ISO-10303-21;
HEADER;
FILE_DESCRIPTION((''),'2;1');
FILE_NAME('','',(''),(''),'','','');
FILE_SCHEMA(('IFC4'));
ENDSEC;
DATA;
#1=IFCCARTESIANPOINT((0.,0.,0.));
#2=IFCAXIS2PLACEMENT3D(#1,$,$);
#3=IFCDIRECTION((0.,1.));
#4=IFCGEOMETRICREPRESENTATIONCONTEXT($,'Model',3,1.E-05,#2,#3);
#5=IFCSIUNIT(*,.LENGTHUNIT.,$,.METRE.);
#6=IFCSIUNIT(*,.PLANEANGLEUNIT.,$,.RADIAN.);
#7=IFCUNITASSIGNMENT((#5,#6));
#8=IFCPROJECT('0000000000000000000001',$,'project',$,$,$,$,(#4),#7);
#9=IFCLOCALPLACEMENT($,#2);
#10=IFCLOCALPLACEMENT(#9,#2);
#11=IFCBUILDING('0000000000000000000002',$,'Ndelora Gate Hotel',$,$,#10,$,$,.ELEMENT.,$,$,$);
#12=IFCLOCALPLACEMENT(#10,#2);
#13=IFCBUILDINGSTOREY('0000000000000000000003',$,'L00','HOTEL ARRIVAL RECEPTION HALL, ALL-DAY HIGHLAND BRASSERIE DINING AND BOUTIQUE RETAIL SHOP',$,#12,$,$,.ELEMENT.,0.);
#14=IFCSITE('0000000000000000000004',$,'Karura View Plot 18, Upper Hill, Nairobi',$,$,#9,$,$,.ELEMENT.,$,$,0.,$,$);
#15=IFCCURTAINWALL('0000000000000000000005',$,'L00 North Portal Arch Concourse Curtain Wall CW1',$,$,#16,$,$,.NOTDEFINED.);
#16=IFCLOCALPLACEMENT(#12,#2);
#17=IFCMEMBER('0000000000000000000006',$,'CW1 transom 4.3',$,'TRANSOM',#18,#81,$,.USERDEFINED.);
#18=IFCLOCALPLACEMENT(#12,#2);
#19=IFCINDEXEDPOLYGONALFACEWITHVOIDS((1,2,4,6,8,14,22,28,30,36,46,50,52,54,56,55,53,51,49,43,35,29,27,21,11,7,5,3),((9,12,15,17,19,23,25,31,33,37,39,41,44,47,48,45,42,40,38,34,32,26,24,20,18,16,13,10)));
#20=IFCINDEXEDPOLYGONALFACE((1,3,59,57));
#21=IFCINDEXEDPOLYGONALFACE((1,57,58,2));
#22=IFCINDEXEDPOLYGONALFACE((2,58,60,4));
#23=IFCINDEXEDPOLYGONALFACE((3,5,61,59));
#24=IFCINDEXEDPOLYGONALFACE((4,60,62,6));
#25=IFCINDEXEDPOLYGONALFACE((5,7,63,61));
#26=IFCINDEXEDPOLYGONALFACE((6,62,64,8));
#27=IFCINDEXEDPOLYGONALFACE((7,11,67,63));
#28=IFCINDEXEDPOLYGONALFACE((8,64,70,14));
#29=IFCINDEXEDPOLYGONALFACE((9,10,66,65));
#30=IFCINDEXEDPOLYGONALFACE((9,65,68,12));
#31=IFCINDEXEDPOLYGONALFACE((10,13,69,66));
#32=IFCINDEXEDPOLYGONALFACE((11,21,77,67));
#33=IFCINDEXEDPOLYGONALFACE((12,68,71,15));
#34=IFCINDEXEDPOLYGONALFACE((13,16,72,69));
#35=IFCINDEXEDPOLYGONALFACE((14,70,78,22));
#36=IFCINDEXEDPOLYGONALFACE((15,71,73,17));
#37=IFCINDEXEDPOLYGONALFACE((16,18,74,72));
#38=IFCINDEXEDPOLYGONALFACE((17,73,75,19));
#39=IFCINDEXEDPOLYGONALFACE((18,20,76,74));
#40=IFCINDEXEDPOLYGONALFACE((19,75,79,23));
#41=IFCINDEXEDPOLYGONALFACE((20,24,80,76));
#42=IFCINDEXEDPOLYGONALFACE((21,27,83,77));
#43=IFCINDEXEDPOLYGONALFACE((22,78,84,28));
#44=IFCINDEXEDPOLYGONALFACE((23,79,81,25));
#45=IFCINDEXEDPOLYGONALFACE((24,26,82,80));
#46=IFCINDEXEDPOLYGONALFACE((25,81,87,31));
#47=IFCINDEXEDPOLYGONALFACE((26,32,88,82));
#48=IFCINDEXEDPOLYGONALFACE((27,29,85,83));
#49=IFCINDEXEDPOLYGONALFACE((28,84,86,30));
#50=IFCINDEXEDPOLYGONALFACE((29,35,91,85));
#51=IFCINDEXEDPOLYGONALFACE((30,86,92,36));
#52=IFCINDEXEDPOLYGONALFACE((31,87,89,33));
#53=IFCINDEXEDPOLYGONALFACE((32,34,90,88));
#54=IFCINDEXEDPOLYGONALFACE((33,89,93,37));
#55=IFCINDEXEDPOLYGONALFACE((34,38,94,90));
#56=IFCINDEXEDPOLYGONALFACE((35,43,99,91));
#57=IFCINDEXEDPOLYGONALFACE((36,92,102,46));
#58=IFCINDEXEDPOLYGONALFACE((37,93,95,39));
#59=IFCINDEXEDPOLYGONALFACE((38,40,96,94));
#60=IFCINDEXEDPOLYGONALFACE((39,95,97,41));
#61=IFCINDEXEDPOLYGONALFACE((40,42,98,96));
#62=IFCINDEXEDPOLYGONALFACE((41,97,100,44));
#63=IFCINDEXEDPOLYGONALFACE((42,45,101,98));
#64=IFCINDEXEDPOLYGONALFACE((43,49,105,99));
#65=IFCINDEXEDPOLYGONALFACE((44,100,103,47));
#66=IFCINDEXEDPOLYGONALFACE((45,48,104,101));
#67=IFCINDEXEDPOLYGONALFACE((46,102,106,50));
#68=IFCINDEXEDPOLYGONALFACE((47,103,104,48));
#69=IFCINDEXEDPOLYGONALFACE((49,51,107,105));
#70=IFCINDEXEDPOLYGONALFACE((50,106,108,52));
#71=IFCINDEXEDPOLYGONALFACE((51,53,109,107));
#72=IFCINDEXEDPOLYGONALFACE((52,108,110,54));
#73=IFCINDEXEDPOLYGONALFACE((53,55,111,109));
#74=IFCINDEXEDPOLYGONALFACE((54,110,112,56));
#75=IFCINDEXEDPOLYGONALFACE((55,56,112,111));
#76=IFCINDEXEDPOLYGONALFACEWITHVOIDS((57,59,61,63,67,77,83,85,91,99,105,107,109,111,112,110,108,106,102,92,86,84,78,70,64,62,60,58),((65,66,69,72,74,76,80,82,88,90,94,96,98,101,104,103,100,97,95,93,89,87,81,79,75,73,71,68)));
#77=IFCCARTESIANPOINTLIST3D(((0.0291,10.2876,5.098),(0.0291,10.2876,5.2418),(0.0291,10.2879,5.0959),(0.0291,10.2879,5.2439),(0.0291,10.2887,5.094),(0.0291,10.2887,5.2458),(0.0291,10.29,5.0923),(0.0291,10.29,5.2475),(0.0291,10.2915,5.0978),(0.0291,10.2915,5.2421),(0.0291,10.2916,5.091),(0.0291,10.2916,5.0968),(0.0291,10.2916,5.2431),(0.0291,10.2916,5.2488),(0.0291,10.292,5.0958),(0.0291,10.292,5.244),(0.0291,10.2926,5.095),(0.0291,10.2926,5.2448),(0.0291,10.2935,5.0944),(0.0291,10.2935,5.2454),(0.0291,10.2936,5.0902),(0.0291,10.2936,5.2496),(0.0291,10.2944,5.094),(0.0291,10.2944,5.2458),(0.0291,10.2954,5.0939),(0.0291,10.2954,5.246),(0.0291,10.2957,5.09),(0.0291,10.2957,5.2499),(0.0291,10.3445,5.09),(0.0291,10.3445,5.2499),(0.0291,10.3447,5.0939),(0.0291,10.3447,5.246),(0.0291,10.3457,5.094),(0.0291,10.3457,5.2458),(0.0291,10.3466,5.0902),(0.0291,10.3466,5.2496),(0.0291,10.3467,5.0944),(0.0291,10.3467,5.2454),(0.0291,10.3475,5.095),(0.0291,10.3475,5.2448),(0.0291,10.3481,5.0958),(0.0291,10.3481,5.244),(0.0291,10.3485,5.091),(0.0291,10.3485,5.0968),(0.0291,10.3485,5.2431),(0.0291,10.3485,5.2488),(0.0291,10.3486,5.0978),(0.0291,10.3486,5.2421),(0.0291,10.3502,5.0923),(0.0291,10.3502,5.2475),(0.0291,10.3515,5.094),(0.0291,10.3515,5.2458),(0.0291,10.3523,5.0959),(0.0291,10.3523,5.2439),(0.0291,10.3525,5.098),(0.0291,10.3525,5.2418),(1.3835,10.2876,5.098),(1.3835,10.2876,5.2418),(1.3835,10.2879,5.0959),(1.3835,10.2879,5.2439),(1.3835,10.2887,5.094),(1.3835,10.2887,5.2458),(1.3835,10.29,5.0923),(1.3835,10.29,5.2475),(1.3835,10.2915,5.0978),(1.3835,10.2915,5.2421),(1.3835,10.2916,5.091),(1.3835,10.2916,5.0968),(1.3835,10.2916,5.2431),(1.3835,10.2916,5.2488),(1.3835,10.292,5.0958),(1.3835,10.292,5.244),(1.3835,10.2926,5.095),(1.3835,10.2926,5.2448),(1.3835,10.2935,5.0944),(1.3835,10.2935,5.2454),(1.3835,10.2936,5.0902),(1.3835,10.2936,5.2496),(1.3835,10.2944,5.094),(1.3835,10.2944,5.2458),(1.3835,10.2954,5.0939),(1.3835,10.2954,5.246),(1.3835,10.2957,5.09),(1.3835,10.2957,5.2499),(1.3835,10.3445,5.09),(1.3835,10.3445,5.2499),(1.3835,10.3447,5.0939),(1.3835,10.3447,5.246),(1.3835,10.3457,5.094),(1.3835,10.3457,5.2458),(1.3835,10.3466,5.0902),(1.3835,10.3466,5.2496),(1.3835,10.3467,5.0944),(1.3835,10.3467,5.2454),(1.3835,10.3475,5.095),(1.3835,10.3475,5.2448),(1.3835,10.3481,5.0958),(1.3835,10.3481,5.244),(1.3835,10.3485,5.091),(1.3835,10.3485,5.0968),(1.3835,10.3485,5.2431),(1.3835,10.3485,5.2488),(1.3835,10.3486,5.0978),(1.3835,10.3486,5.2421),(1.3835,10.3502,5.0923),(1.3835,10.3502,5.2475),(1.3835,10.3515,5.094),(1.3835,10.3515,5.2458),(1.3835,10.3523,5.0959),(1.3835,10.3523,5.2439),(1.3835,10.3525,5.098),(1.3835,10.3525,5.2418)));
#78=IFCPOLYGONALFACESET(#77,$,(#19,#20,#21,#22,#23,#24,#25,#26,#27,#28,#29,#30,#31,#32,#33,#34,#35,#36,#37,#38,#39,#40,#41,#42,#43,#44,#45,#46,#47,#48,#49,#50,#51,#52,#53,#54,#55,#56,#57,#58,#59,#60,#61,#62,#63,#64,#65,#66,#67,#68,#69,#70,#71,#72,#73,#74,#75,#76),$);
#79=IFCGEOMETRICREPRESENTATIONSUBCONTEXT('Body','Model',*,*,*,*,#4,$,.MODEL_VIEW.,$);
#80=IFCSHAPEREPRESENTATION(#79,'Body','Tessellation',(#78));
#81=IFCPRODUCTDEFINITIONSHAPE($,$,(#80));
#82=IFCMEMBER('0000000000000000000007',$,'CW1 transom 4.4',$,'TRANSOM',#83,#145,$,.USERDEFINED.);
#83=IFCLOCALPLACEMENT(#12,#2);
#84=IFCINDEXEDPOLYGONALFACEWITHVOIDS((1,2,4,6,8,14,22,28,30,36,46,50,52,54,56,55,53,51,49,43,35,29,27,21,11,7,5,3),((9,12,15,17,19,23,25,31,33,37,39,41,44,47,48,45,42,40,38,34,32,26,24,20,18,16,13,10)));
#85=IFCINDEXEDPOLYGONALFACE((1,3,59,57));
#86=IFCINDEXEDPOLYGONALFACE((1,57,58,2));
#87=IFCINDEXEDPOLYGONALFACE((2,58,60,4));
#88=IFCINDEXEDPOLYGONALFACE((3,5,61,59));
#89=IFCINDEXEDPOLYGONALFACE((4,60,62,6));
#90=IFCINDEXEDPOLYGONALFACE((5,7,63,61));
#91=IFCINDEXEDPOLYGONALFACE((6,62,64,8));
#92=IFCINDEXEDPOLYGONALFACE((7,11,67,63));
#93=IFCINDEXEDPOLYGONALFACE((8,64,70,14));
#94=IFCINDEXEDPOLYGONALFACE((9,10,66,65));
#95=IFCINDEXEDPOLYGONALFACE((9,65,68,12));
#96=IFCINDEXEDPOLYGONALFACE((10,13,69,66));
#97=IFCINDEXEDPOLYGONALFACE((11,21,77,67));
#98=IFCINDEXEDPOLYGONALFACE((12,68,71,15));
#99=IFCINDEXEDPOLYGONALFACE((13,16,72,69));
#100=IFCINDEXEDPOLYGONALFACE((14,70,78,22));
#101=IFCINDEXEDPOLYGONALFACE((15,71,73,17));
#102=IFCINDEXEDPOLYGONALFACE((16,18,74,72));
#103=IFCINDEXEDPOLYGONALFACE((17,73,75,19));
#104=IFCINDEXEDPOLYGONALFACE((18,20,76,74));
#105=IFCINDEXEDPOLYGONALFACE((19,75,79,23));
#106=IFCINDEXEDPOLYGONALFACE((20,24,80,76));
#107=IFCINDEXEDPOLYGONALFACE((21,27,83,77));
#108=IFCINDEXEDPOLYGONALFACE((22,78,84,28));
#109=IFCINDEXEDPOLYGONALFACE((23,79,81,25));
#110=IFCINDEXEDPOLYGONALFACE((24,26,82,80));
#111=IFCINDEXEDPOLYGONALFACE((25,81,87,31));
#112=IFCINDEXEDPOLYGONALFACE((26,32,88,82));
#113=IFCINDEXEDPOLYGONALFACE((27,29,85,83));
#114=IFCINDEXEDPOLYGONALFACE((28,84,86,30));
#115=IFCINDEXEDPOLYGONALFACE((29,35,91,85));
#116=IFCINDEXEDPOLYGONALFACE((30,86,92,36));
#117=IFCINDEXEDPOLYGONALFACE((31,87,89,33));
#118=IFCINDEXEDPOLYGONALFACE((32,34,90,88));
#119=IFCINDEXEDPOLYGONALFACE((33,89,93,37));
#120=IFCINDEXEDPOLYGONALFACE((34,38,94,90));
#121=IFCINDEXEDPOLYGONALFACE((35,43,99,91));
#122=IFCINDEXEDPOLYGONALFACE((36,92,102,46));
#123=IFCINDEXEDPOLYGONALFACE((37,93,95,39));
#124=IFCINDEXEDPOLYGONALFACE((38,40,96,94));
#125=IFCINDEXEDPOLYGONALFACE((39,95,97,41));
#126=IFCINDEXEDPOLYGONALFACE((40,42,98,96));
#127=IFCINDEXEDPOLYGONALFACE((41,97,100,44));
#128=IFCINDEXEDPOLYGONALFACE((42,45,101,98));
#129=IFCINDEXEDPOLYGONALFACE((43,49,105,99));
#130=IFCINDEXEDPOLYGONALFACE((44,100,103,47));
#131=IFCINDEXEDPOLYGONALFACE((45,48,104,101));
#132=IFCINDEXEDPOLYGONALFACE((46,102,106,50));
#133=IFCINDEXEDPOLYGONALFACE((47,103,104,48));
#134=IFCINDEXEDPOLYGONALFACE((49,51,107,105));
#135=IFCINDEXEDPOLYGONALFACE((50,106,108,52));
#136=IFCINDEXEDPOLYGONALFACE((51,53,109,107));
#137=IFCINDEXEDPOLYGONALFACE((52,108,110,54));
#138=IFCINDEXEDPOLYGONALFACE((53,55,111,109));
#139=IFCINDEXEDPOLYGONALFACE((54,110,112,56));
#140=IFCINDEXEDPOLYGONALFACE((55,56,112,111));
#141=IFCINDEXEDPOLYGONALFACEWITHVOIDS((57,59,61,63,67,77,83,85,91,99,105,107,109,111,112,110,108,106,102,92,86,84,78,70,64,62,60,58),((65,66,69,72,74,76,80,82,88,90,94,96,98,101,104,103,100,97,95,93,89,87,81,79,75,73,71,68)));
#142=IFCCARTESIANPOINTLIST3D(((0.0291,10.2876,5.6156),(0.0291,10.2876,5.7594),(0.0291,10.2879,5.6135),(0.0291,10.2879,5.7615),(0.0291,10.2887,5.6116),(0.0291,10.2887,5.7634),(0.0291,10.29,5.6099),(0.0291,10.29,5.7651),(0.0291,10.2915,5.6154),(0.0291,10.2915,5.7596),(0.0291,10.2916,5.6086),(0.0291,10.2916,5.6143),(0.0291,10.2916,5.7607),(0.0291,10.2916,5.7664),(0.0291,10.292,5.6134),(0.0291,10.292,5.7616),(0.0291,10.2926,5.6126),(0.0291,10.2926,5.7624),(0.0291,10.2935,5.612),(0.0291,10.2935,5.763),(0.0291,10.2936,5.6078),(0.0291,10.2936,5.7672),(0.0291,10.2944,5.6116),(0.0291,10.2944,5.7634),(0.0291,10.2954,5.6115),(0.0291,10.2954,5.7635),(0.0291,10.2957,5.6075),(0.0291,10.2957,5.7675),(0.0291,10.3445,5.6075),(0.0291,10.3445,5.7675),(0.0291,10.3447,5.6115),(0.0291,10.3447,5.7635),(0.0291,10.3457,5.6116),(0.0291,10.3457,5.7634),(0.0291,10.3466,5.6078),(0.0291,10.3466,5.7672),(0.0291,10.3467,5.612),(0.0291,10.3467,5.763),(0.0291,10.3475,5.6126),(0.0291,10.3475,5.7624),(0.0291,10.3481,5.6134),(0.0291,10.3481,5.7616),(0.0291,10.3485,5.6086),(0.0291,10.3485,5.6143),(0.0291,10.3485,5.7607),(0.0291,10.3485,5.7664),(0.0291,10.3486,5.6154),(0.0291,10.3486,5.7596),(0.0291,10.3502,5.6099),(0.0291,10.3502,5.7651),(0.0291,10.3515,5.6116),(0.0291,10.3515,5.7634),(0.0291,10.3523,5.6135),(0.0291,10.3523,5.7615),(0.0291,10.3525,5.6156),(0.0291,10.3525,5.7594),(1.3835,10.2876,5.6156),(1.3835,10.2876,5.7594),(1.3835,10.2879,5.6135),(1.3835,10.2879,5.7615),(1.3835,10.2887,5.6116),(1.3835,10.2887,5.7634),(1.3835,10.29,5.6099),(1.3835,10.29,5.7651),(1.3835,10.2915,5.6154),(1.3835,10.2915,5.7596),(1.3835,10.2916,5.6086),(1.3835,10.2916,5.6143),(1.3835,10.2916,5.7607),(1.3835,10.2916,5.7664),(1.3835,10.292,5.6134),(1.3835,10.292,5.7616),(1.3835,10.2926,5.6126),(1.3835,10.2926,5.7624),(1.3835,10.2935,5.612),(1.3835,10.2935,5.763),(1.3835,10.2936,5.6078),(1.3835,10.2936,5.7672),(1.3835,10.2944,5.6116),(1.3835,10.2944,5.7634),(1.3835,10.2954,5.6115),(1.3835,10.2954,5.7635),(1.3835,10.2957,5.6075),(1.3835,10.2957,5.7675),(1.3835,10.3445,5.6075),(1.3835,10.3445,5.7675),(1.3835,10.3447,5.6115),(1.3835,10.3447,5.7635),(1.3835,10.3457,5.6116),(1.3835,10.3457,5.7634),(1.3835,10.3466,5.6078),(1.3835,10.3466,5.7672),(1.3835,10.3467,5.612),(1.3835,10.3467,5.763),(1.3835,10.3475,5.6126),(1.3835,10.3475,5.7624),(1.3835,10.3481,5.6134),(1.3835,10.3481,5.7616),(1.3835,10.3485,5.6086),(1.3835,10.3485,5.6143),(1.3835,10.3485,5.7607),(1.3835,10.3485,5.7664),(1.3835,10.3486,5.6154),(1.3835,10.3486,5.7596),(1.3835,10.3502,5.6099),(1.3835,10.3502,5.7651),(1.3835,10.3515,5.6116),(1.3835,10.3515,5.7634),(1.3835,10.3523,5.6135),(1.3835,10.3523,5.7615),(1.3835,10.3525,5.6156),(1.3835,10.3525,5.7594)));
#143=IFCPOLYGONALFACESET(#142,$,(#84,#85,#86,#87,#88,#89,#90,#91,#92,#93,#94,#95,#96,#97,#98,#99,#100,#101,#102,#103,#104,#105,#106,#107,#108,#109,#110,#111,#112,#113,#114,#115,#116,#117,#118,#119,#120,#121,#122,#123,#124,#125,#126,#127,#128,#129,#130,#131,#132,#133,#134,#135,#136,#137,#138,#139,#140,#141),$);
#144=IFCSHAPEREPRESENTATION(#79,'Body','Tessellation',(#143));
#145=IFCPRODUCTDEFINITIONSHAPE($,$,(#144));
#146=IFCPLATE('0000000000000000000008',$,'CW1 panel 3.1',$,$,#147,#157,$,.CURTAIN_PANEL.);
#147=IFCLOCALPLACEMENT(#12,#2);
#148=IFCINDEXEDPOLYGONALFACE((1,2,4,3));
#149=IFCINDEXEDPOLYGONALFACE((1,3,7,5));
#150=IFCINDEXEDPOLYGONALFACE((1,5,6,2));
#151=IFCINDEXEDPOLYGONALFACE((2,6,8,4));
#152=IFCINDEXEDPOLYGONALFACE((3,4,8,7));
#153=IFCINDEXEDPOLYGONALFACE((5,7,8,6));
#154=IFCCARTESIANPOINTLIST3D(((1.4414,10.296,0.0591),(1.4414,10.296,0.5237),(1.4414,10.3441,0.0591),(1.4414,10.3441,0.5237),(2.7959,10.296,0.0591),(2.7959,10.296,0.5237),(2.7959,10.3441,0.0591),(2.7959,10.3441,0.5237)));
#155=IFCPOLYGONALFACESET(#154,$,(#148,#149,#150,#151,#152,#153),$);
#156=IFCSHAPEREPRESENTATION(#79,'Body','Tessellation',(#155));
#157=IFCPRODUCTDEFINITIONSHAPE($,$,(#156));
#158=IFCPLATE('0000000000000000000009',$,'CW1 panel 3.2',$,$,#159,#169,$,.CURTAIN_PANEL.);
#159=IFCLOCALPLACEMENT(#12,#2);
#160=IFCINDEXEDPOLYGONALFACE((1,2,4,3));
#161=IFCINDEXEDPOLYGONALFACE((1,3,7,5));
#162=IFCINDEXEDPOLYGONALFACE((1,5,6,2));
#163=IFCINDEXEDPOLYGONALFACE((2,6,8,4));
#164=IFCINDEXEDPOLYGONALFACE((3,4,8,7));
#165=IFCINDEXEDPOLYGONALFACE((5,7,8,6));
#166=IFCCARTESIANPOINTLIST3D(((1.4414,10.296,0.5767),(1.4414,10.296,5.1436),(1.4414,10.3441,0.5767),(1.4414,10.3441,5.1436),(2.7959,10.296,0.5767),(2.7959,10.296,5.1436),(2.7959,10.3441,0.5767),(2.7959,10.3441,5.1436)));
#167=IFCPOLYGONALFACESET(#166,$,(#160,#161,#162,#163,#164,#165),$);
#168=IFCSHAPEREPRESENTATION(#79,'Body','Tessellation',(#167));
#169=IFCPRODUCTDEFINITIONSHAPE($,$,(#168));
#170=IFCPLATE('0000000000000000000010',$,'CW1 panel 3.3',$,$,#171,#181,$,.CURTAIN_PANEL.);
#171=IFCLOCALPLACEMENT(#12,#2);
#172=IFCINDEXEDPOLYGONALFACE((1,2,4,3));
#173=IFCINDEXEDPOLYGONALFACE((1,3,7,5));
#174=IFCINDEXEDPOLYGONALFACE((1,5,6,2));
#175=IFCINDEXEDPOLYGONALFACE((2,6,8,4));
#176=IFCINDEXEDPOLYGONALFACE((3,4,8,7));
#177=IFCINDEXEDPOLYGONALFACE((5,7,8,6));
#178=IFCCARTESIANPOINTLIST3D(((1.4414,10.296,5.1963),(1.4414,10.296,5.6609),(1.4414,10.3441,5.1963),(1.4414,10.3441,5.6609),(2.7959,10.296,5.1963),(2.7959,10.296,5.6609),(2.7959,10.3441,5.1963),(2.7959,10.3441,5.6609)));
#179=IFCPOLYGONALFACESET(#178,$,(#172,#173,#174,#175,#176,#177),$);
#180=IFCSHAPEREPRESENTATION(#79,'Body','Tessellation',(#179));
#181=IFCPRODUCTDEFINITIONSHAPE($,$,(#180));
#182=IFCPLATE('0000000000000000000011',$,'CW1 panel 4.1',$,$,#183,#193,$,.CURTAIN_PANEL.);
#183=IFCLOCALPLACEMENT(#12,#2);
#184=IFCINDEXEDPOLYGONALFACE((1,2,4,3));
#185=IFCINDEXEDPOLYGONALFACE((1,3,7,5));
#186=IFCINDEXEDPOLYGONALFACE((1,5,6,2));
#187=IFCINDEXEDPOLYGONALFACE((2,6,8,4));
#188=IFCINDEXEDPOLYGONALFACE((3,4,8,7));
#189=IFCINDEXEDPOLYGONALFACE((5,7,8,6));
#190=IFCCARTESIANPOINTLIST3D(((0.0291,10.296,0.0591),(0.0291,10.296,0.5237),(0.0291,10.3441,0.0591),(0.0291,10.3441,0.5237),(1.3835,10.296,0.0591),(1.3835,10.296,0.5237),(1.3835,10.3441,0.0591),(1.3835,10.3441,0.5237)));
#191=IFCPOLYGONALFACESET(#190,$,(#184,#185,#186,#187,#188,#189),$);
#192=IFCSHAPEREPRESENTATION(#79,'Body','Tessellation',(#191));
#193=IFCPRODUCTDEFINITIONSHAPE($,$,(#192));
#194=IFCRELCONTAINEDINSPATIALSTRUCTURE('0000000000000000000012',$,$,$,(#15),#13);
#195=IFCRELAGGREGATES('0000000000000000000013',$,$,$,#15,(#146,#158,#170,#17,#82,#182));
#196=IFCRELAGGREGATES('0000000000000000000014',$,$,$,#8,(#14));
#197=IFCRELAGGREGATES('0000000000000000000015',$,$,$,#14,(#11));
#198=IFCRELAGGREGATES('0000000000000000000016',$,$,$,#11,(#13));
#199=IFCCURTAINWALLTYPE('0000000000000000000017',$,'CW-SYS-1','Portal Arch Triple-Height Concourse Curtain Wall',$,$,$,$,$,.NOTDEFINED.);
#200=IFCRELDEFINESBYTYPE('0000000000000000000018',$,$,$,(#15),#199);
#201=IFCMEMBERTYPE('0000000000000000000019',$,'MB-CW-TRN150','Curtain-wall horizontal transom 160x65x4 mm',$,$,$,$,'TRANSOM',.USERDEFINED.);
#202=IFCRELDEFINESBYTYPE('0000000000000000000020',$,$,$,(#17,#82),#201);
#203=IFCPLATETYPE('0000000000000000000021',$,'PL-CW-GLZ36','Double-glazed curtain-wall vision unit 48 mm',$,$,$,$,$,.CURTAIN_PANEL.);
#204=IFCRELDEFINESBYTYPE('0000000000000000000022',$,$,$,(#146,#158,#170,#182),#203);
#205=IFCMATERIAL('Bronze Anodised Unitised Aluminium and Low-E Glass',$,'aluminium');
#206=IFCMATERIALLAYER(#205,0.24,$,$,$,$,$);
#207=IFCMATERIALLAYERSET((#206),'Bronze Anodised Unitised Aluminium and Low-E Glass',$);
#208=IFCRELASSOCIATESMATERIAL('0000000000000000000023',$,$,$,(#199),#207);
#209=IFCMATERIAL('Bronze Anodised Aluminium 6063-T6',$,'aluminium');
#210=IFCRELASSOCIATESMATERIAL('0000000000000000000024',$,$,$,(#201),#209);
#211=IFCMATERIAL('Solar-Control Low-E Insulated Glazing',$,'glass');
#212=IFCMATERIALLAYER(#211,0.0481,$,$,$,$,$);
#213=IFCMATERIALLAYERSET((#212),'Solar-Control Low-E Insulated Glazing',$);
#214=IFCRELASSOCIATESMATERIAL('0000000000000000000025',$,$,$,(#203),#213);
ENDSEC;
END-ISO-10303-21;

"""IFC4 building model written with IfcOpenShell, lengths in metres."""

from ifc_helpers import new_model, si_unit, direction, frame, origin, origin_2d, place, context, subcontext, project, spatial, rectangle, hollow_rectangle, extrude, material, layer, layer_set, material_profile, profile_set, type_object, element, aggregate, save


model = new_model("IFC4")

# Units and contexts
model_context = context("Model", 3, precision=1e-05, world=origin(), true_north=direction((0.0, 1.0)))
body_context = subcontext(model_context, "Body", "Model", "MODEL_VIEW")
ifc_project = project(units=[si_unit("LENGTHUNIT", "METRE"), si_unit("PLANEANGLEUNIT", "RADIAN")], contexts=[model_context])

# Site, building, storey
site_placement = place(None, origin())
site = spatial("IfcSite", under=ifc_project, at=site_placement, Name="Karura View Plot 18, Upper Hill, Nairobi", CompositionType="ELEMENT", RefElevation=0.0)
building_placement = place(site_placement, origin())
building = spatial("IfcBuilding", under=site, at=building_placement, Name="Ndelora Gate Hotel", CompositionType="ELEMENT")
storey_placement = place(building_placement, origin())
storey = spatial("IfcBuildingStorey", under=building, at=storey_placement, Name="L00", Description="HOTEL ARRIVAL RECEPTION HALL, ALL-DAY HIGHLAND BRASSERIE DINING AND BOUTIQUE RETAIL SHOP", CompositionType="ELEMENT", Elevation=0.0)

# Curtain wall, members, plates
ifc_material_1 = material(Name="Bronze Anodised Unitised Aluminium and Low-E Glass", Category="aluminium")
ifc_layer_1 = layer(ifc_material_1, 0.24)
ifc_layer_set_1 = layer_set([ifc_layer_1], Name="Bronze Anodised Unitised Aluminium and Low-E Glass")
curtain_wall_type = type_object("IfcCurtainWallType", Name="CW-SYS-1", Description="Portal Arch Triple-Height Concourse Curtain Wall", PredefinedType="NOTDEFINED", material=ifc_layer_set_1)
curtain_wall_placement = place(storey_placement, origin())
curtain_wall = element("IfcCurtainWall", 1, at=curtain_wall_placement, inside=storey, type_object=curtain_wall_type, Name="L00 North Portal Arch Concourse Curtain Wall CW1", PredefinedType="NOTDEFINED")
ifc_material_2 = material(Name="Bronze Anodised Aluminium 6063-T6", Category="aluminium")
ifc_material_profile_1 = material_profile(ifc_material_2, hollow_rectangle(XDim=0.0649, YDim=0.1599, WallThickness=0.0039, InnerFilletRadius=0.0039, OuterFilletRadius=0.0081, at=origin_2d()), Name="ALU 160x65x4")
ifc_profile_set_1 = profile_set([ifc_material_profile_1], Name="Bronze Anodised Aluminium 6063-T6")
member_type_1 = type_object("IfcMemberType", Name="MB-CW-TRN150", Description="Curtain-wall horizontal transom 160x65x4 mm", ElementType="TRANSOM", PredefinedType="USERDEFINED", material=ifc_profile_set_1)
member_1_placement = place(storey_placement, frame((1.3835, 10.3201, 5.1699), z_axis=(-1.0, 0.0, 0.0), x_axis=(0.0, -1.0, 0.0)))
member_1 = element("IfcMember", 2, at=member_1_placement, type_object=member_type_1, Name="CW1 transom 4.3", ObjectType="TRANSOM", PredefinedType="USERDEFINED", context=body_context, shape_type="SweptSolid", body=[
    extrude(hollow_rectangle(XDim=0.0649, YDim=0.1599, WallThickness=0.0039, InnerFilletRadius=0.0039, OuterFilletRadius=0.0081, at=origin_2d()), origin(), (0.0, 0.0, 1.0), 1.3545),
])
member_2_placement = place(storey_placement, frame((1.3835, 10.3201, 5.6875), z_axis=(-1.0, 0.0, 0.0), x_axis=(0.0, -1.0, 0.0)))
member_2 = element("IfcMember", 3, at=member_2_placement, type_object=member_type_1, Name="CW1 transom 4.4", ObjectType="TRANSOM", PredefinedType="USERDEFINED", context=body_context, shape_type="SweptSolid", body=[
    extrude(hollow_rectangle(XDim=0.0649, YDim=0.1599, WallThickness=0.0039, InnerFilletRadius=0.0039, OuterFilletRadius=0.0081, at=origin_2d()), origin(), (0.0, 0.0, 1.0), 1.3545),
])
ifc_material_3 = material(Name="Solar-Control Low-E Insulated Glazing", Category="glass")
ifc_layer_2 = layer(ifc_material_3, 0.0481)
ifc_layer_set_2 = layer_set([ifc_layer_2], Name="Solar-Control Low-E Insulated Glazing")
plate_type = type_object("IfcPlateType", Name="PL-CW-GLZ36", Description="Double-glazed curtain-wall vision unit 48 mm", PredefinedType="CURTAIN_PANEL", material=ifc_layer_set_2)
plate_1_placement = place(storey_placement, frame((2.1187, 10.3201, 0.0591), z_axis=(0.0, 0.0, 1.0), x_axis=(-1.0, 0.0, 0.0)))
plate_1 = element("IfcPlate", 4, at=plate_1_placement, type_object=plate_type, Name="CW1 panel 3.1", PredefinedType="CURTAIN_PANEL", context=body_context, shape_type="SweptSolid", body=[
    extrude(rectangle(XDim=1.3545, YDim=0.0481, at=origin_2d()), origin(), (0.0, 0.0, 1.0), 0.4646),
])
plate_2_placement = place(storey_placement, frame((2.1187, 10.3201, 0.5767), z_axis=(0.0, 0.0, 1.0), x_axis=(-1.0, 0.0, 0.0)))
plate_2 = element("IfcPlate", 5, at=plate_2_placement, type_object=plate_type, Name="CW1 panel 3.2", PredefinedType="CURTAIN_PANEL", context=body_context, shape_type="SweptSolid", body=[
    extrude(rectangle(XDim=1.3545, YDim=0.0481, at=origin_2d()), origin(), (0.0, 0.0, 1.0), 4.5669),
])
plate_3_placement = place(storey_placement, frame((2.1187, 10.3201, 5.1963), z_axis=(0.0, 0.0, 1.0), x_axis=(-1.0, 0.0, 0.0)))
plate_3 = element("IfcPlate", 6, at=plate_3_placement, type_object=plate_type, Name="CW1 panel 3.3", PredefinedType="CURTAIN_PANEL", context=body_context, shape_type="SweptSolid", body=[
    extrude(rectangle(XDim=1.3545, YDim=0.0481, at=origin_2d()), origin(), (0.0, 0.0, 1.0), 0.4646),
])
plate_4_placement = place(storey_placement, frame((0.7063, 10.3201, 0.0591), z_axis=(0.0, 0.0, 1.0), x_axis=(-1.0, 0.0, 0.0)))
plate_4 = element("IfcPlate", 7, at=plate_4_placement, type_object=plate_type, Name="CW1 panel 4.1", PredefinedType="CURTAIN_PANEL", context=body_context, shape_type="SweptSolid", body=[
    extrude(rectangle(XDim=1.3545, YDim=0.0481, at=origin_2d()), origin(), (0.0, 0.0, 1.0), 0.4646),
])
aggregate(curtain_wall, [plate_1, plate_2, plate_3, member_1, member_2, plate_4])

save(model, "model.ifc")
